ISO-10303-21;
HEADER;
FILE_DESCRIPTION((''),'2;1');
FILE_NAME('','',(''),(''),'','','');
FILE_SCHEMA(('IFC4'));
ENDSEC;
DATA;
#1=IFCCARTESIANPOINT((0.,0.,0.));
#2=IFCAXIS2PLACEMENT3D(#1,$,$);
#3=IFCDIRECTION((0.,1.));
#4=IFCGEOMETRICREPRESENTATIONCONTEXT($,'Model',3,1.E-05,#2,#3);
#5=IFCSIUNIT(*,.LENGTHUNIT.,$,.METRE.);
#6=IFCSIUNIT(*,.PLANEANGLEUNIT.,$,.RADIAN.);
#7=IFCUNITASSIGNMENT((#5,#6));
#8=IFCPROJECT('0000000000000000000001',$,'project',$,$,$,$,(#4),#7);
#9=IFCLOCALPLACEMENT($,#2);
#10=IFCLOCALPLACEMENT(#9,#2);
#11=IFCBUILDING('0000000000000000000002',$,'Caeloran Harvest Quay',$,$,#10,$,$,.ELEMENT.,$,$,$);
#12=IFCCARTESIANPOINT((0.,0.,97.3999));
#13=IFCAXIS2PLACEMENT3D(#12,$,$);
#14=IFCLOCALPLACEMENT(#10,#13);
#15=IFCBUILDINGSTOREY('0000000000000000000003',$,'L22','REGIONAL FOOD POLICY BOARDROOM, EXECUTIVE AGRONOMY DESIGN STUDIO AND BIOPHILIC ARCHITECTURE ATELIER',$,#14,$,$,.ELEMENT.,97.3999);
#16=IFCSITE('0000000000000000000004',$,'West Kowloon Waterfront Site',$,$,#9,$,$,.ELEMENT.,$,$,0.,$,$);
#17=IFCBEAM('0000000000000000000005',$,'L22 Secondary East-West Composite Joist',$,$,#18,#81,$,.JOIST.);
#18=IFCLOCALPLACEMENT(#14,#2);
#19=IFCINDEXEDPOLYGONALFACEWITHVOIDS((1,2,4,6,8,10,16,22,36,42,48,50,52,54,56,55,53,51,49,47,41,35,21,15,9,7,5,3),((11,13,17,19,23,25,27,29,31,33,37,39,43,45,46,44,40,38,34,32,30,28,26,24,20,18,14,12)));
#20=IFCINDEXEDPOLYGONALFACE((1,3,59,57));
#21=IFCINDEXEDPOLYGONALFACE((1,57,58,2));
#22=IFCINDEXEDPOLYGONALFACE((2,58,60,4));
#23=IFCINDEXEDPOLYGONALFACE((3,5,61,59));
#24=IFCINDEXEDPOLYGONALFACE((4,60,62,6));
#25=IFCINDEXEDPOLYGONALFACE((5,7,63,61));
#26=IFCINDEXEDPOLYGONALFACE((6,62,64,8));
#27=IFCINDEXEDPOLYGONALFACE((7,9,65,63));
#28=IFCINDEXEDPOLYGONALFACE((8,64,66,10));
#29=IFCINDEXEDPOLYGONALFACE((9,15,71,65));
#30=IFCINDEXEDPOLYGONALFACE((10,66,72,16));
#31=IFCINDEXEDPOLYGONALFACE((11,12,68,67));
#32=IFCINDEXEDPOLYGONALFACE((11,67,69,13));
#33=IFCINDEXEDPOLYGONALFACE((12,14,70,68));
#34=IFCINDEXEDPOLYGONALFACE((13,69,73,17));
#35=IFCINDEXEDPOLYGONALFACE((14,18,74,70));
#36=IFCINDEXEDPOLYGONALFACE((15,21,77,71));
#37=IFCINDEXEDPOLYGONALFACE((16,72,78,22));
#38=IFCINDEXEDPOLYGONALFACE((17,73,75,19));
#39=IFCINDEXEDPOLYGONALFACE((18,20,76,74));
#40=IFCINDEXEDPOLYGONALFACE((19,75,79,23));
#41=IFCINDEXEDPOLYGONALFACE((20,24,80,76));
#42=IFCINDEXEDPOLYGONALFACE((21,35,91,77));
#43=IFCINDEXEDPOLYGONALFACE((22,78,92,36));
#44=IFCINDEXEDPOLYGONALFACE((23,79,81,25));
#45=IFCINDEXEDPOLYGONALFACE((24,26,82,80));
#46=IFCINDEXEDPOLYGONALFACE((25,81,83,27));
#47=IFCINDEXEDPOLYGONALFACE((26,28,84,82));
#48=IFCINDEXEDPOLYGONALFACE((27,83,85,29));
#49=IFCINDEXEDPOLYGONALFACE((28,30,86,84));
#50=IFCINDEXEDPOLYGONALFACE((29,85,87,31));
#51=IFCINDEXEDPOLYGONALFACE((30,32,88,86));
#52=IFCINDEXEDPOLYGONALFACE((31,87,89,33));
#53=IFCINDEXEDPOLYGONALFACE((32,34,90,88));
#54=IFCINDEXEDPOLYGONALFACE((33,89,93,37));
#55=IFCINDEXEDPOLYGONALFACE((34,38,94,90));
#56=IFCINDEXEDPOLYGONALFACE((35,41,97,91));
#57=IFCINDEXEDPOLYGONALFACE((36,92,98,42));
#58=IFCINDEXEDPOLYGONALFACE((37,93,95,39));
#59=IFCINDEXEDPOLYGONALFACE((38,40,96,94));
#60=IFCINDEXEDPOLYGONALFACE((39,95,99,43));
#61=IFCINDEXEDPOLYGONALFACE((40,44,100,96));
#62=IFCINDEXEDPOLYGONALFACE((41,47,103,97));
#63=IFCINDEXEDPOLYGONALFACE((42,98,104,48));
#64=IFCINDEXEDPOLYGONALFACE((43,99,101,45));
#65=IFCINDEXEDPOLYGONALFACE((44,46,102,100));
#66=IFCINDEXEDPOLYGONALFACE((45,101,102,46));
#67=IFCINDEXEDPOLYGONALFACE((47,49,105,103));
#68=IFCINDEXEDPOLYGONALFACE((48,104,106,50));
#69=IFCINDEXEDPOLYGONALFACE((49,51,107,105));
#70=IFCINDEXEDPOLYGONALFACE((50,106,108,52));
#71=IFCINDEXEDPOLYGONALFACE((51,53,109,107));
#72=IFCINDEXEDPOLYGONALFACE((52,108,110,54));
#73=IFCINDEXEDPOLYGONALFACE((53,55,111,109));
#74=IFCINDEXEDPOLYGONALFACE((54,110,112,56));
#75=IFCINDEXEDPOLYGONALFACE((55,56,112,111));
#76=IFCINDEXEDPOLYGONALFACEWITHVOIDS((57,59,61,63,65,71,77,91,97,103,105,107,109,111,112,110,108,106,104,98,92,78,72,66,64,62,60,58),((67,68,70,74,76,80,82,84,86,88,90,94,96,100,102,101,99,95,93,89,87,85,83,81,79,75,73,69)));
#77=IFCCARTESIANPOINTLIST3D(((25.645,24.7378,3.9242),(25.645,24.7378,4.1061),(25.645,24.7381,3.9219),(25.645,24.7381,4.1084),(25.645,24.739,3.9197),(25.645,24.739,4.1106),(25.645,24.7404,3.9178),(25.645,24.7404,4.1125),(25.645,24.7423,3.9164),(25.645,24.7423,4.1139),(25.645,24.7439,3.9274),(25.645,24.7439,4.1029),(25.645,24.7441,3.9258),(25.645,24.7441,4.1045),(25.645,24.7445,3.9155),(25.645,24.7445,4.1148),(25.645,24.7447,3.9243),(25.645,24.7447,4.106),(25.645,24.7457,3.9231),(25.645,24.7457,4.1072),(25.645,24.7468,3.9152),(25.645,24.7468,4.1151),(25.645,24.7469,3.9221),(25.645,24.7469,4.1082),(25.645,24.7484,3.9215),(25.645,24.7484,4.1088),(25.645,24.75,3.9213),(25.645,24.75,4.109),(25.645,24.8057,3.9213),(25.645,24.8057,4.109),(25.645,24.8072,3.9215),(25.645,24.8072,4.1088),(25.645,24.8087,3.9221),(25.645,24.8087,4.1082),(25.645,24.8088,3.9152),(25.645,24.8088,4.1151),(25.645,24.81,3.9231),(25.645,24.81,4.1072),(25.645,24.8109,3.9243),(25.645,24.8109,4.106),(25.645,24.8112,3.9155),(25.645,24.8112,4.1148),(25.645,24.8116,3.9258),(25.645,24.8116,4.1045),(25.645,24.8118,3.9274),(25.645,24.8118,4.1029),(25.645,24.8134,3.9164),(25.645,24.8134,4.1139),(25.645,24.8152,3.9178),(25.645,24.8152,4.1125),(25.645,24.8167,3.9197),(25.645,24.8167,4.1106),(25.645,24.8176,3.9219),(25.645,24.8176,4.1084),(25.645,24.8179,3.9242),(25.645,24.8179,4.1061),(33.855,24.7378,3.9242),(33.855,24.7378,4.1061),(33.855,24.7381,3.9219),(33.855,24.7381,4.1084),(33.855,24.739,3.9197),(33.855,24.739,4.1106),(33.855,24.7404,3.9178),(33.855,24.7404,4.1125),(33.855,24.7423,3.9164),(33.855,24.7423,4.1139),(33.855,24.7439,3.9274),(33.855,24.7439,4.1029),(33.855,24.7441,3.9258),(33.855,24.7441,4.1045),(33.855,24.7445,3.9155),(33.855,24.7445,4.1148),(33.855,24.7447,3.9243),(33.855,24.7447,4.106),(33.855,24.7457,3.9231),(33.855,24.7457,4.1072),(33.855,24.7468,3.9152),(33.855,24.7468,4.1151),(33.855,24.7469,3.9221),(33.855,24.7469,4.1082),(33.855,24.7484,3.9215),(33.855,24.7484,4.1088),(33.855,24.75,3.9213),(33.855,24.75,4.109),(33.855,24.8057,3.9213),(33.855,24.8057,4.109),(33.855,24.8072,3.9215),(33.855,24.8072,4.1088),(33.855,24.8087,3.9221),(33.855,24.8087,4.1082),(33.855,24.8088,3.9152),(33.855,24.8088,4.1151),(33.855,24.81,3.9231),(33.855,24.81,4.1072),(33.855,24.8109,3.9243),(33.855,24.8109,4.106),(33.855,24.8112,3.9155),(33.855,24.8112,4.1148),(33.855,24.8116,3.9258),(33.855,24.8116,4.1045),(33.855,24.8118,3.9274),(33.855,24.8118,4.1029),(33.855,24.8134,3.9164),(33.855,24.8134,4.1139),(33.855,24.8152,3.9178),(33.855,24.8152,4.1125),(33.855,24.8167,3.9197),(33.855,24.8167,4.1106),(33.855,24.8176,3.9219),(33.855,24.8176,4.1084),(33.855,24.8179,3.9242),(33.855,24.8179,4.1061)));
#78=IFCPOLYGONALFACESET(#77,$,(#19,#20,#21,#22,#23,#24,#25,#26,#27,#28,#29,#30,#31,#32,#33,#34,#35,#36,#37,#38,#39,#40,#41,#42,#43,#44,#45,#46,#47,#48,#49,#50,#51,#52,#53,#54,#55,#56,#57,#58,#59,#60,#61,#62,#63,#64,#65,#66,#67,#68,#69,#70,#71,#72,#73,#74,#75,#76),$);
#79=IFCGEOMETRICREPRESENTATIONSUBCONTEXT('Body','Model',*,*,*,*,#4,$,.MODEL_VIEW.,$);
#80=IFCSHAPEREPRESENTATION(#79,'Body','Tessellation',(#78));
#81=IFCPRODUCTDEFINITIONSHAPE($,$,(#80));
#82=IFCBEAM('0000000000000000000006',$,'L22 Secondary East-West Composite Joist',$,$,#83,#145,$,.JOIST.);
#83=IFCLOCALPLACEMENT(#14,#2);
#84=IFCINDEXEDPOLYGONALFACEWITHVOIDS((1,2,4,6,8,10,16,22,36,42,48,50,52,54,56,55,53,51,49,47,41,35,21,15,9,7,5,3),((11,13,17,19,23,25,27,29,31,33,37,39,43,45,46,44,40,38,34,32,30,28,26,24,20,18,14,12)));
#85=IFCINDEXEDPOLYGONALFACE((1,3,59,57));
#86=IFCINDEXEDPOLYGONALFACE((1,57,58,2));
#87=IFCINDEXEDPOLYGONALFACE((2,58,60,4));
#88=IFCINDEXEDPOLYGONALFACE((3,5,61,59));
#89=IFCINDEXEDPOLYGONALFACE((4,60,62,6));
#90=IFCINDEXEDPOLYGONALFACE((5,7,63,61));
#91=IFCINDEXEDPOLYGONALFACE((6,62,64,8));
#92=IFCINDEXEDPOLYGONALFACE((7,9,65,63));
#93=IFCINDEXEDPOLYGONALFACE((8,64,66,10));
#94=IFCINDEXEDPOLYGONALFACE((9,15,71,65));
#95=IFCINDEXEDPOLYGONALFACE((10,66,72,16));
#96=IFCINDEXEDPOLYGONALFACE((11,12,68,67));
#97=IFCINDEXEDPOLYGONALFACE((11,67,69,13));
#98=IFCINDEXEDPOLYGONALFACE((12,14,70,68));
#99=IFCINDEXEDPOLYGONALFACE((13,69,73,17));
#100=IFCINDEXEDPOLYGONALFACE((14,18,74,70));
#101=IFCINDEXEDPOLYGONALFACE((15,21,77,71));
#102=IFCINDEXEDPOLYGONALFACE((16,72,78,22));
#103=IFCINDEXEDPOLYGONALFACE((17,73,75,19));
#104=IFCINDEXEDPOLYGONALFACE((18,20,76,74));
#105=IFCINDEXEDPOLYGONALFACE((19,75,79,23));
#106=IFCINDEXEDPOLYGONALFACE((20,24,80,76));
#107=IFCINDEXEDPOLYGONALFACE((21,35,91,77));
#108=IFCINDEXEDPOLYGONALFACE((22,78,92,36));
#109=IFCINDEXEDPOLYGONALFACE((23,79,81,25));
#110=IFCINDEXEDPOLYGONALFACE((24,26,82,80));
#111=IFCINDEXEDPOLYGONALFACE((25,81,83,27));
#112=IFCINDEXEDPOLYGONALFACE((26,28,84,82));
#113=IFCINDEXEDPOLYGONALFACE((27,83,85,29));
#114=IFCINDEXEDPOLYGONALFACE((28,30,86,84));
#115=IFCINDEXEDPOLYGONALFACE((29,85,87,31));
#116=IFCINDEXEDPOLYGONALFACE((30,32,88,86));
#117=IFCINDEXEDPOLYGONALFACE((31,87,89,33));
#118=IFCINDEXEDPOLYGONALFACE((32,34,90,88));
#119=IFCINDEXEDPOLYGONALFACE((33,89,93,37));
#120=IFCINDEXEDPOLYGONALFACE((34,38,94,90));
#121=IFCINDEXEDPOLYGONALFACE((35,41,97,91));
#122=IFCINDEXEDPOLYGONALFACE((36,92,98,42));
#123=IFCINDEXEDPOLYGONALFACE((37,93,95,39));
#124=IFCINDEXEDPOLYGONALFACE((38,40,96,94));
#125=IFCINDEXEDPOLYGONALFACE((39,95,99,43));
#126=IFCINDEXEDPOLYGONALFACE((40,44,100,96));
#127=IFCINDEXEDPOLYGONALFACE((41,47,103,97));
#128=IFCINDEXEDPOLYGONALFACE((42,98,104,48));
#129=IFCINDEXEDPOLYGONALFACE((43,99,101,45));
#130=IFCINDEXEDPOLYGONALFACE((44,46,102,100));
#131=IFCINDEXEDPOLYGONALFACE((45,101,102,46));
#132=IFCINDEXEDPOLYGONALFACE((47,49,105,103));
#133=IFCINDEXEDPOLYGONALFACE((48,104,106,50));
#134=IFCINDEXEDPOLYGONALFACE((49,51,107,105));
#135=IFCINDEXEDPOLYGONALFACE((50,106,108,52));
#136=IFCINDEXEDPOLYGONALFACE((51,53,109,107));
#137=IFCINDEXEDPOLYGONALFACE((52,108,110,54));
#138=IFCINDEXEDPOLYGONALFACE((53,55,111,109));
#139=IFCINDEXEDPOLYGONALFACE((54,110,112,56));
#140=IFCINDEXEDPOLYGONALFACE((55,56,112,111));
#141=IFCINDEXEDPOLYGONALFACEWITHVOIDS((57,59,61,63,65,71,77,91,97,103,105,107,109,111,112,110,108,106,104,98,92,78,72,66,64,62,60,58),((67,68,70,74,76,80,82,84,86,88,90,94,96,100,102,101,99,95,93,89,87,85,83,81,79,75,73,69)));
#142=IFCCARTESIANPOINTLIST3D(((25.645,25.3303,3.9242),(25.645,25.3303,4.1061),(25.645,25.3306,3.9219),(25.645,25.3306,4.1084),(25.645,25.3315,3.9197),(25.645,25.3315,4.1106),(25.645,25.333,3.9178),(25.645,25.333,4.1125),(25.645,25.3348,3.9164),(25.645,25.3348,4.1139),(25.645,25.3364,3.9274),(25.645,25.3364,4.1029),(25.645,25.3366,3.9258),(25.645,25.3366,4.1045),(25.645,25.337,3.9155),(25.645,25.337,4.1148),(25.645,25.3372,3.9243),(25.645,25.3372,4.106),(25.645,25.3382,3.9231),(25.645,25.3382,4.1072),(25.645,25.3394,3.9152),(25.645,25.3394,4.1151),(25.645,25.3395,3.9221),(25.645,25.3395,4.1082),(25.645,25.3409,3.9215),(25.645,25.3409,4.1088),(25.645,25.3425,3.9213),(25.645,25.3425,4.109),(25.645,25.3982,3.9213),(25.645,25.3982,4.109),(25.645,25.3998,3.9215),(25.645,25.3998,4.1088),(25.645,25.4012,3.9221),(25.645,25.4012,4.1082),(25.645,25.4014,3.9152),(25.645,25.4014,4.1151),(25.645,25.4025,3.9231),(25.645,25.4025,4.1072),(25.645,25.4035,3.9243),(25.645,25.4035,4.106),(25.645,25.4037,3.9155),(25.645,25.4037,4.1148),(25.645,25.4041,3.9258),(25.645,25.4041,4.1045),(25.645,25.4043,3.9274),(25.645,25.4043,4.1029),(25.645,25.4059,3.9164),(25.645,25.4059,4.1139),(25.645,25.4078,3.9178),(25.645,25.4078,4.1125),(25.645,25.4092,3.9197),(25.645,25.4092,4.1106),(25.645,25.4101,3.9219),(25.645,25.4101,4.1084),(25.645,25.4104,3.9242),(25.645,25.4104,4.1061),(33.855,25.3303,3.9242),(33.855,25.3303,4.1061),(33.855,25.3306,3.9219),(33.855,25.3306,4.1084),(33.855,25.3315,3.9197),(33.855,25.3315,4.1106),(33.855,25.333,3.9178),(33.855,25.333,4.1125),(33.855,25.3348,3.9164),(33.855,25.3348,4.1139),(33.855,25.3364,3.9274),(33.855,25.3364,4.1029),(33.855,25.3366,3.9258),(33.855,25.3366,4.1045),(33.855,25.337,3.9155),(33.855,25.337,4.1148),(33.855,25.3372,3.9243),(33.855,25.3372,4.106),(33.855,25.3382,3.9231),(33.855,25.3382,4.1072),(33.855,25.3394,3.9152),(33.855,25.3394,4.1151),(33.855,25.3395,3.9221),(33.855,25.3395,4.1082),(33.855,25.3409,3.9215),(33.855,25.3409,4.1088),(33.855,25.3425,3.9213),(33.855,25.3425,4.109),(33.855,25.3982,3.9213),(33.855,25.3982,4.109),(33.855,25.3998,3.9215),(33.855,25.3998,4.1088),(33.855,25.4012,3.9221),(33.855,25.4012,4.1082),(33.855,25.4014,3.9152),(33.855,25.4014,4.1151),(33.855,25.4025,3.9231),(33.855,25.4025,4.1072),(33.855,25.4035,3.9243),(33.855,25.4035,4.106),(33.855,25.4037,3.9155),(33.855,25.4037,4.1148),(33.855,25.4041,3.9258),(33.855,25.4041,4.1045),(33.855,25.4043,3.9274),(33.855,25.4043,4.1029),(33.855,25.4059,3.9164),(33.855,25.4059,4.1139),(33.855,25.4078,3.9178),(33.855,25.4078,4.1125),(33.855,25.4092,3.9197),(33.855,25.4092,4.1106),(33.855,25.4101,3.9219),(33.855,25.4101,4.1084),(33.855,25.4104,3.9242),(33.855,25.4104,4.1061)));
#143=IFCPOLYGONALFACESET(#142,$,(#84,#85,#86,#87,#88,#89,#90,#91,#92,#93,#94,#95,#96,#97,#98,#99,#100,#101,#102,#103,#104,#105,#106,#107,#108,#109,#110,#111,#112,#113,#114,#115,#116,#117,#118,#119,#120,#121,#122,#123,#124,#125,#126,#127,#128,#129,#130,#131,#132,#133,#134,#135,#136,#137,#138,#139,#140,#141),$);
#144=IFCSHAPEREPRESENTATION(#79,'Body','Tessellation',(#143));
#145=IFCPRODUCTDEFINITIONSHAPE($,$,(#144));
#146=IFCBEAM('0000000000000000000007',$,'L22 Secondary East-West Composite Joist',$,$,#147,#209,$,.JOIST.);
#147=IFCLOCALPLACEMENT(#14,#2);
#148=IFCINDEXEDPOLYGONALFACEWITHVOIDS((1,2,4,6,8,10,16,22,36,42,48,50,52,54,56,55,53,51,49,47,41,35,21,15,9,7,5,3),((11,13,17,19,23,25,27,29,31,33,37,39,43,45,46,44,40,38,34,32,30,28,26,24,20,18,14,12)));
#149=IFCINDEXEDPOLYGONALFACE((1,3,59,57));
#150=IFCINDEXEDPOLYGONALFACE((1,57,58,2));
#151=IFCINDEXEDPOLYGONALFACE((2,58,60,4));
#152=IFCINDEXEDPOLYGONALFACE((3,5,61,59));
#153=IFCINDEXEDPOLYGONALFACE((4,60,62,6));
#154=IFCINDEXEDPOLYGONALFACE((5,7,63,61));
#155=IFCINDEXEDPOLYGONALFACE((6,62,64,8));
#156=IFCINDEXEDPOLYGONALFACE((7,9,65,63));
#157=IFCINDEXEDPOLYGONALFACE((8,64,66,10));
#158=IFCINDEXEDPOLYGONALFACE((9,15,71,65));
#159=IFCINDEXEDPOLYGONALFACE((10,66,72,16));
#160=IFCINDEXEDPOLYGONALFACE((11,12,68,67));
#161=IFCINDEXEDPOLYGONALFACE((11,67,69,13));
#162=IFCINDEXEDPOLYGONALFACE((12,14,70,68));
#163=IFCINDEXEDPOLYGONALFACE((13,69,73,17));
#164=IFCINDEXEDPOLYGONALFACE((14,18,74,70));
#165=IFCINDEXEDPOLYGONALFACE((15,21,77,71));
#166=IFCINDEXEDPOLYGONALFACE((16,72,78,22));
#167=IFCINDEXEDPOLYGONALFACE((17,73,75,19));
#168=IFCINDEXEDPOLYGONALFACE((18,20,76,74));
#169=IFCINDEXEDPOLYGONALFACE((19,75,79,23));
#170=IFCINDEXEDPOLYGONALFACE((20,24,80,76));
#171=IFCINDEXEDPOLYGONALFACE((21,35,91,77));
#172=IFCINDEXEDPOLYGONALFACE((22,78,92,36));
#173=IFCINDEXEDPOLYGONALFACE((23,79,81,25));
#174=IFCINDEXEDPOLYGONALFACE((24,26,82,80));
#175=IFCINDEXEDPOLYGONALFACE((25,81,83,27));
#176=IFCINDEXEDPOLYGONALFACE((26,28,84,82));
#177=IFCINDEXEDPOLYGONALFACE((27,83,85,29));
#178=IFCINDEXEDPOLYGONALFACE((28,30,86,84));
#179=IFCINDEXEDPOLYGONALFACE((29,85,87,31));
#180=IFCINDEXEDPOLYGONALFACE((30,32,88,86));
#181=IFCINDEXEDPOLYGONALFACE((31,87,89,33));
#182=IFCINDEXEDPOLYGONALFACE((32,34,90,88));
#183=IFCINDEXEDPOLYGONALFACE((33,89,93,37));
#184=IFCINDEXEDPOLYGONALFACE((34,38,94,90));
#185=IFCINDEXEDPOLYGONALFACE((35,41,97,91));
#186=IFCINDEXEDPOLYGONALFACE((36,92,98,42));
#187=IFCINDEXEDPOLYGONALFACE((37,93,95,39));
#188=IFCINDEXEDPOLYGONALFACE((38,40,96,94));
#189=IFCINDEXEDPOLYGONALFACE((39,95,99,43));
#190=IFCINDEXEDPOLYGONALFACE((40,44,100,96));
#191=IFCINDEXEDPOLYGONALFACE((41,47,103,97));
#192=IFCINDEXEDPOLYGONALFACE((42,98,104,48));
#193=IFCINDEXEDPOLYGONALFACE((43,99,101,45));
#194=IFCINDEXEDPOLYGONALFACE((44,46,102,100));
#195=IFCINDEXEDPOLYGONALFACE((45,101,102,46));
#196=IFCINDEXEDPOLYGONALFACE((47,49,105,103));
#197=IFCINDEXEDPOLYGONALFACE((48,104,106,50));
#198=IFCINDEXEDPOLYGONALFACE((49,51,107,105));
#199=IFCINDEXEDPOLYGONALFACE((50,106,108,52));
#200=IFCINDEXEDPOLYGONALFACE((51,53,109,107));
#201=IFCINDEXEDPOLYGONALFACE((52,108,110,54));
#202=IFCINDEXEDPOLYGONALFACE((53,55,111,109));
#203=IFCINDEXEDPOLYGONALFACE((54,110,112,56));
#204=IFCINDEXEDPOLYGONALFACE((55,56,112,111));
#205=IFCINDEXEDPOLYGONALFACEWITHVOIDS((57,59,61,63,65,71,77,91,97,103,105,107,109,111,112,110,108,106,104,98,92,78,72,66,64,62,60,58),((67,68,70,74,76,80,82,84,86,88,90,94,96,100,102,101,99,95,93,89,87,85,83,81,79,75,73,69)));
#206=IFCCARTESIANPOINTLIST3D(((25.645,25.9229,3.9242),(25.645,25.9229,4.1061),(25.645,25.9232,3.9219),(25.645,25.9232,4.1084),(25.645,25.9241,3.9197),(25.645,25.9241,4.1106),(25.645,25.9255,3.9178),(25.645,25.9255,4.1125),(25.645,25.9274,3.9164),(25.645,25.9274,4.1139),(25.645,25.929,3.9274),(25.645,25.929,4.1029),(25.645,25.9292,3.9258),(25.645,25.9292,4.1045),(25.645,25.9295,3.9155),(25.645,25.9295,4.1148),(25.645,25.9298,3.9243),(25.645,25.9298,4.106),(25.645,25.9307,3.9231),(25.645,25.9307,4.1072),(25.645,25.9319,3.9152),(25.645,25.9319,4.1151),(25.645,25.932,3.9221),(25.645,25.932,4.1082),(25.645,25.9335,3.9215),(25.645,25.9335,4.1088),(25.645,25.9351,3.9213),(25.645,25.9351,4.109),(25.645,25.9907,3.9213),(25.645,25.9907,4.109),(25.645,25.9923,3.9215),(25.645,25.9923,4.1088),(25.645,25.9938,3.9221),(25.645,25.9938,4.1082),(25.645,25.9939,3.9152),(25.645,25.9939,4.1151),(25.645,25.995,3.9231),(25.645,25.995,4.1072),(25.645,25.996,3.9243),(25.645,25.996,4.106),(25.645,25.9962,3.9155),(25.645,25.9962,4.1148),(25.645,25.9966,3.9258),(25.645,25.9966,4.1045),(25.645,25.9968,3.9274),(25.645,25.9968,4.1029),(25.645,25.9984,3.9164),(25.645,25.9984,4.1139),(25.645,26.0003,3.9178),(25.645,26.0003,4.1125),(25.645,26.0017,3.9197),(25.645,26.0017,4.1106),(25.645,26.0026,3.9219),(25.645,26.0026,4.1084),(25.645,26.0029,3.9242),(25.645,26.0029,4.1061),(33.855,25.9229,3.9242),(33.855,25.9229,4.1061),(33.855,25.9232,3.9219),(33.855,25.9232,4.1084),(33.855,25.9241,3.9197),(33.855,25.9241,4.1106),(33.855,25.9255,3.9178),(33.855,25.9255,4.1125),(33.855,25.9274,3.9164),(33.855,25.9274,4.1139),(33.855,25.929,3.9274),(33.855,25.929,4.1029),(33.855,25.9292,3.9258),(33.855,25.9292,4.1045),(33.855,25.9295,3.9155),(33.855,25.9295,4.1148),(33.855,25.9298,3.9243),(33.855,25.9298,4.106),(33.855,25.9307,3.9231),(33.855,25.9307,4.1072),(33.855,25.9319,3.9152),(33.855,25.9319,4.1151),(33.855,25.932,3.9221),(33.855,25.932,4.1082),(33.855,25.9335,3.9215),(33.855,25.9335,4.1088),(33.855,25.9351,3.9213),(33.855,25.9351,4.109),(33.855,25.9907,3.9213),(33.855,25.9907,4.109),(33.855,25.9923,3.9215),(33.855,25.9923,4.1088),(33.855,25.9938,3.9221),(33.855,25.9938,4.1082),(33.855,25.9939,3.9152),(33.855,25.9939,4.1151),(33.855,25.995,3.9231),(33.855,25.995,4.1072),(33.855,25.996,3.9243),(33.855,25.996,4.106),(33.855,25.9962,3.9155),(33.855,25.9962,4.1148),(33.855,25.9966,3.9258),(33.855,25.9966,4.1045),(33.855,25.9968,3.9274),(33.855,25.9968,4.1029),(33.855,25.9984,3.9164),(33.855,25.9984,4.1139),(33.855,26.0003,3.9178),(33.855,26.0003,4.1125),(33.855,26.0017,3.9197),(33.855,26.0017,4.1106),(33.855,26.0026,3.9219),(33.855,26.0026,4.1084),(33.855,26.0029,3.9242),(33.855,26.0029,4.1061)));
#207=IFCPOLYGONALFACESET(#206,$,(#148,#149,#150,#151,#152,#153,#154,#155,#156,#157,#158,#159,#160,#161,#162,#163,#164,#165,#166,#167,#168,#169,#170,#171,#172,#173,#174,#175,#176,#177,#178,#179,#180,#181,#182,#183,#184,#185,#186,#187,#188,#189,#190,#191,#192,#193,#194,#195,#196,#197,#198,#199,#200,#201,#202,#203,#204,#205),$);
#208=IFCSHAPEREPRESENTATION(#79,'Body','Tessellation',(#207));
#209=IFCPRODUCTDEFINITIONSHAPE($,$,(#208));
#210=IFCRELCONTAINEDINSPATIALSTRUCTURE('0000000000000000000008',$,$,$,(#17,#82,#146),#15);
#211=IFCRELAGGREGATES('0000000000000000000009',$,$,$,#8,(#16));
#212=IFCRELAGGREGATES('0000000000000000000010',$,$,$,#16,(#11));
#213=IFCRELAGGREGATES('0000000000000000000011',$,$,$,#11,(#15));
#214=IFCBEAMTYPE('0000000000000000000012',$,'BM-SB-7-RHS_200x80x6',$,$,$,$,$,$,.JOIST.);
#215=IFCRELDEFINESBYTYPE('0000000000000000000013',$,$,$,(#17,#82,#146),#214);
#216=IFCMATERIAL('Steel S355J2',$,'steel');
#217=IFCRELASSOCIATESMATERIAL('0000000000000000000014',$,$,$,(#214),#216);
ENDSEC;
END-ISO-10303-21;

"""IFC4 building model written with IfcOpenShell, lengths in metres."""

from ifc_helpers import new_model, si_unit, direction, frame, origin, origin_2d, place, context, subcontext, project, spatial, hollow_rectangle, extrude, material, material_profile, profile_set, type_object, element, save


model = new_model("IFC4")

# Units and contexts
model_context = context("Model", 3, precision=1e-05, world=origin(), true_north=direction((0.0, 1.0)))
body_context = subcontext(model_context, "Body", "Model", "MODEL_VIEW")
ifc_project = project(units=[si_unit("LENGTHUNIT", "METRE"), si_unit("PLANEANGLEUNIT", "RADIAN")], contexts=[model_context])

# Site, building, storey
site_placement = place(None, origin())
site = spatial("IfcSite", under=ifc_project, at=site_placement, Name="West Kowloon Waterfront Site", CompositionType="ELEMENT", RefElevation=0.0)
building_placement = place(site_placement, origin())
building = spatial("IfcBuilding", under=site, at=building_placement, Name="Caeloran Harvest Quay", CompositionType="ELEMENT")
storey_placement = place(building_placement, frame((0.0, 0.0, 97.3999)))
storey = spatial("IfcBuildingStorey", under=building, at=storey_placement, Name="L22", Description="REGIONAL FOOD POLICY BOARDROOM, EXECUTIVE AGRONOMY DESIGN STUDIO AND BIOPHILIC ARCHITECTURE ATELIER", CompositionType="ELEMENT", Elevation=97.3999)

# Beams
ifc_material_1 = material(Name="Steel S355J2", Category="steel")
ifc_material_profile_1 = material_profile(ifc_material_1, hollow_rectangle(XDim=0.0801, YDim=0.2, WallThickness=0.0061, InnerFilletRadius=0.0061, OuterFilletRadius=0.009, at=origin_2d()), Name="RHS 200x80x6")
ifc_profile_set_1 = profile_set([ifc_material_profile_1], Name="Steel S355J2")
beam_type_1 = type_object("IfcBeamType", Name="BM-SB-7-RHS_200x80x6", PredefinedType="JOIST", material=ifc_profile_set_1)
for number, where, z_axis, x_axis, name in (
    (1, (25.645, 24.7778, 4.0151), (1.0, 0.0, 0.0), (0.0, 1.0, 0.0), "L22 Secondary East-West Composite Joist"),
    (2, (25.645, 25.3704, 4.0151), (1.0, 0.0, 0.0), (0.0, 1.0, 0.0), "L22 Secondary East-West Composite Joist"),
    (3, (25.645, 25.9629, 4.0151), (1.0, 0.0, 0.0), (0.0, 1.0, 0.0), "L22 Secondary East-West Composite Joist"),
):
    element("IfcBeam", number, at=place(storey_placement, frame(where, z_axis=z_axis, x_axis=x_axis)), inside=storey, type_object=beam_type_1, Name=name, PredefinedType="JOIST", context=body_context, shape_type="SweptSolid", body=[
        extrude(hollow_rectangle(XDim=0.0801, YDim=0.2, WallThickness=0.0061, InnerFilletRadius=0.0061, OuterFilletRadius=0.009, at=origin_2d()), origin(), (0.0, 0.0, 1.0), 8.21),
    ])

save(model, "model.ifc")
